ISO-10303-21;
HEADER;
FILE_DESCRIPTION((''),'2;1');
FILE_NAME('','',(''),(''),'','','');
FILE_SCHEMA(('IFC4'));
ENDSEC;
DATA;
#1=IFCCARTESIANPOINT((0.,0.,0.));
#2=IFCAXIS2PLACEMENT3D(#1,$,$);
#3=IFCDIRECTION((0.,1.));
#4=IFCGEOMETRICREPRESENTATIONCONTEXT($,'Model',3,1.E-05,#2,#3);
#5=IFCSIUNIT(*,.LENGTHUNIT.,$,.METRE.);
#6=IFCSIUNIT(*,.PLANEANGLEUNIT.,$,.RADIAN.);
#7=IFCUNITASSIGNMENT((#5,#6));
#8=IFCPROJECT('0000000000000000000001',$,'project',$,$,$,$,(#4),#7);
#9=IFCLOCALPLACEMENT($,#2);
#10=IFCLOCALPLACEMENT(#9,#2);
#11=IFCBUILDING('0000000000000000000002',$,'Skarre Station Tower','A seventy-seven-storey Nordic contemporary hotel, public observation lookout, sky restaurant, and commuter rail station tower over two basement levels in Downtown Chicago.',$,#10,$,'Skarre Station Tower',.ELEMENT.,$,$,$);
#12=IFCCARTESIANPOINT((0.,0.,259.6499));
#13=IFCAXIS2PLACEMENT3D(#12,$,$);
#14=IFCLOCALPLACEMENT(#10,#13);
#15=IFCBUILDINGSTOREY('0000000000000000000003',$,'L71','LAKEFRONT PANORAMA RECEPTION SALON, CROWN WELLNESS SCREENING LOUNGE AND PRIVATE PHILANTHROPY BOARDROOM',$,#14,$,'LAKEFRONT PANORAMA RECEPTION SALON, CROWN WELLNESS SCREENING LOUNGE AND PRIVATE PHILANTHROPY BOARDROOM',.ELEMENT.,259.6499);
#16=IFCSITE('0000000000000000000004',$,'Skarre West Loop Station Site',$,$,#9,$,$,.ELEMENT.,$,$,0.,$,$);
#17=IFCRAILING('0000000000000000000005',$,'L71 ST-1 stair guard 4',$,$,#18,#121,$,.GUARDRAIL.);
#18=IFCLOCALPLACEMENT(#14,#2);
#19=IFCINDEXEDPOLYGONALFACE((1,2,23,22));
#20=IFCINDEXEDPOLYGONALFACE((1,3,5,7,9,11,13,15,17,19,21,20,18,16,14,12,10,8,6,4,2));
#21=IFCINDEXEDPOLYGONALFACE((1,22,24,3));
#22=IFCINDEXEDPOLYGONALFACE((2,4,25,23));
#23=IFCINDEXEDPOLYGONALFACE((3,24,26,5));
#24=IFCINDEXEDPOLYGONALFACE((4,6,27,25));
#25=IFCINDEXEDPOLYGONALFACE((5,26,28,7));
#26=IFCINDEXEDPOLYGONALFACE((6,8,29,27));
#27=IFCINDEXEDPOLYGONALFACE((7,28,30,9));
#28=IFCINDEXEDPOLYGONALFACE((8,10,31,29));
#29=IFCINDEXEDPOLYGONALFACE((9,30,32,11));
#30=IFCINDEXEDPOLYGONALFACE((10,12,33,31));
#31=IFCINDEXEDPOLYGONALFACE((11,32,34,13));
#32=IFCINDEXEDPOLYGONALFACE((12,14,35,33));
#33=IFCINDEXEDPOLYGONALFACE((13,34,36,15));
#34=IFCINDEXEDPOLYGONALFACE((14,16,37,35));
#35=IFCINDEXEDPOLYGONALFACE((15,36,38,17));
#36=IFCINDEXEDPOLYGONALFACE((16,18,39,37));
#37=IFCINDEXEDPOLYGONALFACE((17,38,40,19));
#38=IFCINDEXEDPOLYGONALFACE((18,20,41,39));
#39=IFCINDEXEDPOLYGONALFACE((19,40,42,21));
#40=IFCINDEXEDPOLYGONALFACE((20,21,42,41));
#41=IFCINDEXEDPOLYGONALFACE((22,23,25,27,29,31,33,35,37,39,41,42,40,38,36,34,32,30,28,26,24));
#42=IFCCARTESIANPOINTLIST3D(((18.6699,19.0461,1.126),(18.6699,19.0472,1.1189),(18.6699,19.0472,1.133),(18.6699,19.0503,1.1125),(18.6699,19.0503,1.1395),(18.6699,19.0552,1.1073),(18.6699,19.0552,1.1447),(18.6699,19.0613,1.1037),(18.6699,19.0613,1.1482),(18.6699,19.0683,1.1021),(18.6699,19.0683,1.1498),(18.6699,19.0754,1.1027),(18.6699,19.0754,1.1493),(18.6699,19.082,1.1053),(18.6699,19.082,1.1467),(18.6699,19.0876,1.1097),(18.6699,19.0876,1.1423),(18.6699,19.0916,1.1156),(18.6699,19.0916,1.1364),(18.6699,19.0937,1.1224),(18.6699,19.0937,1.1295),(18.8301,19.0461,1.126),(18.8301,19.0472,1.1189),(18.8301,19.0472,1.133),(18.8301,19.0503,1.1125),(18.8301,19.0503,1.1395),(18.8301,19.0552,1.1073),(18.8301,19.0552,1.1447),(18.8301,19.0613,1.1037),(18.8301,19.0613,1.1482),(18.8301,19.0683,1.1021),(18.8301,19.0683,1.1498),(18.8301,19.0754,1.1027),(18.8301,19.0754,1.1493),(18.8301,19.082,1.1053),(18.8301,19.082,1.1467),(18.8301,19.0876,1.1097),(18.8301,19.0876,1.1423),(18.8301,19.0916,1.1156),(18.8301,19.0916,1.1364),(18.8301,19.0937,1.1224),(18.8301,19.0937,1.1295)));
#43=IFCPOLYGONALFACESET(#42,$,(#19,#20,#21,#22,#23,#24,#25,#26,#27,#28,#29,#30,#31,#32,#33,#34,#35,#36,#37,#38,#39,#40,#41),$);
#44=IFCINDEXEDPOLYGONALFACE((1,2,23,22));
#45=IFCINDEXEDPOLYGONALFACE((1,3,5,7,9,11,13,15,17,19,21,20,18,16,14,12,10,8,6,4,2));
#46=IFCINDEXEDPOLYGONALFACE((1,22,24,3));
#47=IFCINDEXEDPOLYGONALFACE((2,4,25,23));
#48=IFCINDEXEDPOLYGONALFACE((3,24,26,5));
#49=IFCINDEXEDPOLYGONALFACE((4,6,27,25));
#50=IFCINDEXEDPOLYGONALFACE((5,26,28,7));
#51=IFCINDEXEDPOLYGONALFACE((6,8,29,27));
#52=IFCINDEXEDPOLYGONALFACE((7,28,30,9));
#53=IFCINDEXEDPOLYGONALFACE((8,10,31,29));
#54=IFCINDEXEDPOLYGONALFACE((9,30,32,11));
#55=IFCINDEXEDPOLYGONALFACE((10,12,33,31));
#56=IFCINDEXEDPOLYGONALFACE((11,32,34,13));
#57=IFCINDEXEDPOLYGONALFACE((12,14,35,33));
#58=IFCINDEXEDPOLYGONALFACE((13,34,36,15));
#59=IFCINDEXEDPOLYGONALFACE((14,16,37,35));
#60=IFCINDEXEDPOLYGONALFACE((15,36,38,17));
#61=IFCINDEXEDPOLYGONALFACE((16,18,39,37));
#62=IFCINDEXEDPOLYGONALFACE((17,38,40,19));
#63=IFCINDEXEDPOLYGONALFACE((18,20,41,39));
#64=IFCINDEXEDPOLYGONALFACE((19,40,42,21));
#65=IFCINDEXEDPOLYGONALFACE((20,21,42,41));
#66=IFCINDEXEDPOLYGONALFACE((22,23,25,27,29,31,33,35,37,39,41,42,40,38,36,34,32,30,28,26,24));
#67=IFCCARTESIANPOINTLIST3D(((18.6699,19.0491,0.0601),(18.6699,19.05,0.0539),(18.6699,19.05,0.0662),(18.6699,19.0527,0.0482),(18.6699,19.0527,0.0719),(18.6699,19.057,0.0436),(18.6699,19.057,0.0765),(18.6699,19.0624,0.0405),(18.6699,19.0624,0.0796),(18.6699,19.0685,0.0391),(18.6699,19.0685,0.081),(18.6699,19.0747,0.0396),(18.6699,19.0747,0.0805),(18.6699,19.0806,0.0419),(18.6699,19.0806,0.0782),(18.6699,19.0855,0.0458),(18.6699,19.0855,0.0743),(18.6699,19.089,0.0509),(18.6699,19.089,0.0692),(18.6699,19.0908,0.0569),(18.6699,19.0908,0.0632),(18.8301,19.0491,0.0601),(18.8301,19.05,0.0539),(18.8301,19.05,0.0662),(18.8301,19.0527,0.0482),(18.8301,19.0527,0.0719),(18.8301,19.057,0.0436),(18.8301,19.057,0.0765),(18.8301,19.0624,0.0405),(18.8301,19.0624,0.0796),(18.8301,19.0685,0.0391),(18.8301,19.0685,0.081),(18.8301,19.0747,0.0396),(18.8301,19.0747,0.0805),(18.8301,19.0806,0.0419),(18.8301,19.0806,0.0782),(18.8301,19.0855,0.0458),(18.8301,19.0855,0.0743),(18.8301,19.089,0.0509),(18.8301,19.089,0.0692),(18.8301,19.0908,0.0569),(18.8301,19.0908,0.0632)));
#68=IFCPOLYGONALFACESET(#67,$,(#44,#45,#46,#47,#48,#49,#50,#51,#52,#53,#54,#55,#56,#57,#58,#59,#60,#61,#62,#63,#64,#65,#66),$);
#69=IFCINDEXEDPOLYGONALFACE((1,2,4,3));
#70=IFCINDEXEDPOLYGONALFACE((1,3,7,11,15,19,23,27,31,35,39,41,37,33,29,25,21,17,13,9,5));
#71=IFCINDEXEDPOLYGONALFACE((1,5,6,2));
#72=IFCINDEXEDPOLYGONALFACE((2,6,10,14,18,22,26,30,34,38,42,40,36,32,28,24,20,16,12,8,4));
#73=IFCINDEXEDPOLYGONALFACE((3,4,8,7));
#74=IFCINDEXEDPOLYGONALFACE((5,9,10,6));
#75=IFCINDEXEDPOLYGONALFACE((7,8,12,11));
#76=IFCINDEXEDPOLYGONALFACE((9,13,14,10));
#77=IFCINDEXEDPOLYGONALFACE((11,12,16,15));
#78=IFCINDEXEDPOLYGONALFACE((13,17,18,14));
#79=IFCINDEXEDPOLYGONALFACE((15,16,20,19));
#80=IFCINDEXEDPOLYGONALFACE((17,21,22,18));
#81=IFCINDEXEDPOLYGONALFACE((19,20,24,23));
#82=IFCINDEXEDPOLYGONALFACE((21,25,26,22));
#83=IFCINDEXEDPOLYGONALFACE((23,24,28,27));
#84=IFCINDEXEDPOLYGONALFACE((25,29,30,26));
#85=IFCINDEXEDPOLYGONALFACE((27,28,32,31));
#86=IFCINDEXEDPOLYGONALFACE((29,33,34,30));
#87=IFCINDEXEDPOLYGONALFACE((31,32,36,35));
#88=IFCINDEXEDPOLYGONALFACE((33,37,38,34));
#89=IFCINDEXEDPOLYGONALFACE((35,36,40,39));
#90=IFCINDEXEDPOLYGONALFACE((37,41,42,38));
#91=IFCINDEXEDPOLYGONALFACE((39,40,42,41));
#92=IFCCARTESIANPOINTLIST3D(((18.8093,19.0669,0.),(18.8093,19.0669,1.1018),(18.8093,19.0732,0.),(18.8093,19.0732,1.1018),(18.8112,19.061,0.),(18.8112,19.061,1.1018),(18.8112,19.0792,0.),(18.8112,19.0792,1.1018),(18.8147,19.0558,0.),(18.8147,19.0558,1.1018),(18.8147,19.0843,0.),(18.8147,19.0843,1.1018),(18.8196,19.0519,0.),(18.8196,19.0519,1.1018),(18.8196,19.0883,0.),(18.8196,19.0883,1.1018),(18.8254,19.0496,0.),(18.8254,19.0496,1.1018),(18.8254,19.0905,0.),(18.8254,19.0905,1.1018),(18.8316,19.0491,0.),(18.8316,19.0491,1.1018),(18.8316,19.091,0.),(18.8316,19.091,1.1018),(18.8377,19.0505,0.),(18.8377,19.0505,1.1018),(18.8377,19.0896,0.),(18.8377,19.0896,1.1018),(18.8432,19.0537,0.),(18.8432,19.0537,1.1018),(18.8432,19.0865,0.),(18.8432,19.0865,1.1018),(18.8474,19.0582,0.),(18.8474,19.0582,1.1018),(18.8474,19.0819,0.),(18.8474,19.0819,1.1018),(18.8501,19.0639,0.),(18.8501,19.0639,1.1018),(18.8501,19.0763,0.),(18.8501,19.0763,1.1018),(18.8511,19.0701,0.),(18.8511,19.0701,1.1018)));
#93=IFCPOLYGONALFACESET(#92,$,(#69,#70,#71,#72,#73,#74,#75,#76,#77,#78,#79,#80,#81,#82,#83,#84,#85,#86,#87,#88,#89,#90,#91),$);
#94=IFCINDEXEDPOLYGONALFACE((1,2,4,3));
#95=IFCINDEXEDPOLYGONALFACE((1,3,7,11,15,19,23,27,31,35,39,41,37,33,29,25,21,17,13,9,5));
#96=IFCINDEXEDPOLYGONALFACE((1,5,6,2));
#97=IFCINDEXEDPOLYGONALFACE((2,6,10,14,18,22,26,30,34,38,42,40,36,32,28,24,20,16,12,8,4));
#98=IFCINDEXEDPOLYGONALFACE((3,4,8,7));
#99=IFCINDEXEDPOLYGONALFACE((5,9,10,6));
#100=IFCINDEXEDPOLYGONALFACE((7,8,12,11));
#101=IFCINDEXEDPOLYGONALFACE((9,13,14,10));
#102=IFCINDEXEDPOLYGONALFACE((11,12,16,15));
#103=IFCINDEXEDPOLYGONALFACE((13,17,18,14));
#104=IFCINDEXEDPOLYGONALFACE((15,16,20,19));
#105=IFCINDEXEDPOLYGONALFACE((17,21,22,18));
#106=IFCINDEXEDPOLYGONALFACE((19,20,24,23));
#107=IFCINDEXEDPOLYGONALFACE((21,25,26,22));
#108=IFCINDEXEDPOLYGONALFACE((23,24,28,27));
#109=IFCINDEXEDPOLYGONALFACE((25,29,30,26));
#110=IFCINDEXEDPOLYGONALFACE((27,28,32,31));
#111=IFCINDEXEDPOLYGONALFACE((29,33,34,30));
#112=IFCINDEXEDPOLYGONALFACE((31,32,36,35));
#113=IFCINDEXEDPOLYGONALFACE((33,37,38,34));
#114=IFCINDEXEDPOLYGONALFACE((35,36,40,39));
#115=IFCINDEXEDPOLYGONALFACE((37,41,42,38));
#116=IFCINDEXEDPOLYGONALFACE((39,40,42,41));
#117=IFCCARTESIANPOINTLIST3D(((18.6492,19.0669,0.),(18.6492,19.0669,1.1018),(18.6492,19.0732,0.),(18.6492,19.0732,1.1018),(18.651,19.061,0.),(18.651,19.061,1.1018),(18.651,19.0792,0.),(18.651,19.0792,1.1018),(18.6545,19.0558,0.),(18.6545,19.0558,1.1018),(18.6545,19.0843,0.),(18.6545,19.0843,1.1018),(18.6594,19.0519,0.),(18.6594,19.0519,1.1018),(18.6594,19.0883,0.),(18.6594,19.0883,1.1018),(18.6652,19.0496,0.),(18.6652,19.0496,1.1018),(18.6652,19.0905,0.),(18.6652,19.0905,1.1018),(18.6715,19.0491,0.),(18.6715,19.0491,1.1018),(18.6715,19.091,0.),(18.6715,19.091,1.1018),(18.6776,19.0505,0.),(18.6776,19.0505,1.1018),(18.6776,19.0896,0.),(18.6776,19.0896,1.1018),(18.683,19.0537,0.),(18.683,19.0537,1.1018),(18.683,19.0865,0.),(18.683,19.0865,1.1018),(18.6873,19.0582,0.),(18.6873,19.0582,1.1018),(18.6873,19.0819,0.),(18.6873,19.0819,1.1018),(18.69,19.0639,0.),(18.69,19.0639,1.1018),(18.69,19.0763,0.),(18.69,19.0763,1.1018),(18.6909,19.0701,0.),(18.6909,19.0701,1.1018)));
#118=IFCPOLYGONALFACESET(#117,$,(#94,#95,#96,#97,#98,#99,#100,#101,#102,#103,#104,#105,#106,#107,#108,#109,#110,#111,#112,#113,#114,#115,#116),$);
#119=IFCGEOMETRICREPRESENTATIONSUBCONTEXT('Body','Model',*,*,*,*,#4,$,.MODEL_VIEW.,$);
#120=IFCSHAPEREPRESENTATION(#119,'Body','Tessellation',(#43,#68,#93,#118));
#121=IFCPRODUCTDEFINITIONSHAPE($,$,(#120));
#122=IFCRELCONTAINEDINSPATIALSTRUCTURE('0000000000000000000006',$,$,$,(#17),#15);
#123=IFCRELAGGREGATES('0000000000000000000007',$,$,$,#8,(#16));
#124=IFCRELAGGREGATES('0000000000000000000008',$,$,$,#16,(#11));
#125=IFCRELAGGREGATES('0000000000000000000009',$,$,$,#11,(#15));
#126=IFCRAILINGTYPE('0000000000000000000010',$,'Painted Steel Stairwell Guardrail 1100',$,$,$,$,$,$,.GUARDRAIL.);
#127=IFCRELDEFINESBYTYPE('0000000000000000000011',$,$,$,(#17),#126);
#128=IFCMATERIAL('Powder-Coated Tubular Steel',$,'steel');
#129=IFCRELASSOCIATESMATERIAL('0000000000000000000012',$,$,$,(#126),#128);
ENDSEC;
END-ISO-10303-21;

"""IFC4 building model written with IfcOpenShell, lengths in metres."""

from ifc_helpers import new_model, si_unit, direction, frame, origin, origin_2d, place, context, subcontext, project, spatial, circle, extrude, material, type_object, element, save


model = new_model("IFC4")

# Units and contexts
model_context = context("Model", 3, precision=1e-05, world=origin(), true_north=direction((0.0, 1.0)))
body_context = subcontext(model_context, "Body", "Model", "MODEL_VIEW")
ifc_project = project(units=[si_unit("LENGTHUNIT", "METRE"), si_unit("PLANEANGLEUNIT", "RADIAN")], contexts=[model_context])

# Site, building, storey
site_placement = place(None, origin())
site = spatial("IfcSite", under=ifc_project, at=site_placement, Name="Skarre West Loop Station Site", CompositionType="ELEMENT", RefElevation=0.0)
building_placement = place(site_placement, origin())
building = spatial("IfcBuilding", under=site, at=building_placement, Name="Skarre Station Tower", Description="A seventy-seven-storey Nordic contemporary hotel, public observation lookout, sky restaurant, and commuter rail station tower over two basement levels in Downtown Chicago.", LongName="Skarre Station Tower", CompositionType="ELEMENT")
storey_placement = place(building_placement, frame((0.0, 0.0, 259.6499)))
storey = spatial("IfcBuildingStorey", under=building, at=storey_placement, Name="L71", Description="LAKEFRONT PANORAMA RECEPTION SALON, CROWN WELLNESS SCREENING LOUNGE AND PRIVATE PHILANTHROPY BOARDROOM", LongName="LAKEFRONT PANORAMA RECEPTION SALON, CROWN WELLNESS SCREENING LOUNGE AND PRIVATE PHILANTHROPY BOARDROOM", CompositionType="ELEMENT", Elevation=259.6499)

# Railing
ifc_material_1 = material(Name="Powder-Coated Tubular Steel", Category="steel")
railing_type_1 = type_object("IfcRailingType", Name="Painted Steel Stairwell Guardrail 1100", PredefinedType="GUARDRAIL", material=ifc_material_1)
railing_1_placement = place(storey_placement, frame((18.8301, 19.0701, 0.0)))
element("IfcRailing", 1, at=railing_1_placement, inside=storey, type_object=railing_type_1, Name="L71 ST-1 stair guard 4", PredefinedType="GUARDRAIL", context=body_context, shape_type="SweptSolid", body=[
    extrude(circle(Radius=0.0239, at=origin_2d()), frame((0.0, 0.0, 1.126), z_axis=(-1.0, 0.0, 0.0), x_axis=(0.0, -1.0, 0.0)), (0.0, 0.0, 1.0), 0.1602),
    extrude(circle(Radius=0.021, at=origin_2d()), frame((0.0, 0.0, 0.0601), z_axis=(-1.0, 0.0, 0.0), x_axis=(0.0, -1.0, 0.0)), (0.0, 0.0, 1.0), 0.1602),
    extrude(circle(Radius=0.021, at=origin_2d()), origin(), (0.0, 0.0, 1.0), 1.1018),
    extrude(circle(Radius=0.021, at=origin_2d()), frame((-0.1602, 0.0, 0.0)), (0.0, 0.0, 1.0), 1.1018),
])

save(model, "model.ifc")
